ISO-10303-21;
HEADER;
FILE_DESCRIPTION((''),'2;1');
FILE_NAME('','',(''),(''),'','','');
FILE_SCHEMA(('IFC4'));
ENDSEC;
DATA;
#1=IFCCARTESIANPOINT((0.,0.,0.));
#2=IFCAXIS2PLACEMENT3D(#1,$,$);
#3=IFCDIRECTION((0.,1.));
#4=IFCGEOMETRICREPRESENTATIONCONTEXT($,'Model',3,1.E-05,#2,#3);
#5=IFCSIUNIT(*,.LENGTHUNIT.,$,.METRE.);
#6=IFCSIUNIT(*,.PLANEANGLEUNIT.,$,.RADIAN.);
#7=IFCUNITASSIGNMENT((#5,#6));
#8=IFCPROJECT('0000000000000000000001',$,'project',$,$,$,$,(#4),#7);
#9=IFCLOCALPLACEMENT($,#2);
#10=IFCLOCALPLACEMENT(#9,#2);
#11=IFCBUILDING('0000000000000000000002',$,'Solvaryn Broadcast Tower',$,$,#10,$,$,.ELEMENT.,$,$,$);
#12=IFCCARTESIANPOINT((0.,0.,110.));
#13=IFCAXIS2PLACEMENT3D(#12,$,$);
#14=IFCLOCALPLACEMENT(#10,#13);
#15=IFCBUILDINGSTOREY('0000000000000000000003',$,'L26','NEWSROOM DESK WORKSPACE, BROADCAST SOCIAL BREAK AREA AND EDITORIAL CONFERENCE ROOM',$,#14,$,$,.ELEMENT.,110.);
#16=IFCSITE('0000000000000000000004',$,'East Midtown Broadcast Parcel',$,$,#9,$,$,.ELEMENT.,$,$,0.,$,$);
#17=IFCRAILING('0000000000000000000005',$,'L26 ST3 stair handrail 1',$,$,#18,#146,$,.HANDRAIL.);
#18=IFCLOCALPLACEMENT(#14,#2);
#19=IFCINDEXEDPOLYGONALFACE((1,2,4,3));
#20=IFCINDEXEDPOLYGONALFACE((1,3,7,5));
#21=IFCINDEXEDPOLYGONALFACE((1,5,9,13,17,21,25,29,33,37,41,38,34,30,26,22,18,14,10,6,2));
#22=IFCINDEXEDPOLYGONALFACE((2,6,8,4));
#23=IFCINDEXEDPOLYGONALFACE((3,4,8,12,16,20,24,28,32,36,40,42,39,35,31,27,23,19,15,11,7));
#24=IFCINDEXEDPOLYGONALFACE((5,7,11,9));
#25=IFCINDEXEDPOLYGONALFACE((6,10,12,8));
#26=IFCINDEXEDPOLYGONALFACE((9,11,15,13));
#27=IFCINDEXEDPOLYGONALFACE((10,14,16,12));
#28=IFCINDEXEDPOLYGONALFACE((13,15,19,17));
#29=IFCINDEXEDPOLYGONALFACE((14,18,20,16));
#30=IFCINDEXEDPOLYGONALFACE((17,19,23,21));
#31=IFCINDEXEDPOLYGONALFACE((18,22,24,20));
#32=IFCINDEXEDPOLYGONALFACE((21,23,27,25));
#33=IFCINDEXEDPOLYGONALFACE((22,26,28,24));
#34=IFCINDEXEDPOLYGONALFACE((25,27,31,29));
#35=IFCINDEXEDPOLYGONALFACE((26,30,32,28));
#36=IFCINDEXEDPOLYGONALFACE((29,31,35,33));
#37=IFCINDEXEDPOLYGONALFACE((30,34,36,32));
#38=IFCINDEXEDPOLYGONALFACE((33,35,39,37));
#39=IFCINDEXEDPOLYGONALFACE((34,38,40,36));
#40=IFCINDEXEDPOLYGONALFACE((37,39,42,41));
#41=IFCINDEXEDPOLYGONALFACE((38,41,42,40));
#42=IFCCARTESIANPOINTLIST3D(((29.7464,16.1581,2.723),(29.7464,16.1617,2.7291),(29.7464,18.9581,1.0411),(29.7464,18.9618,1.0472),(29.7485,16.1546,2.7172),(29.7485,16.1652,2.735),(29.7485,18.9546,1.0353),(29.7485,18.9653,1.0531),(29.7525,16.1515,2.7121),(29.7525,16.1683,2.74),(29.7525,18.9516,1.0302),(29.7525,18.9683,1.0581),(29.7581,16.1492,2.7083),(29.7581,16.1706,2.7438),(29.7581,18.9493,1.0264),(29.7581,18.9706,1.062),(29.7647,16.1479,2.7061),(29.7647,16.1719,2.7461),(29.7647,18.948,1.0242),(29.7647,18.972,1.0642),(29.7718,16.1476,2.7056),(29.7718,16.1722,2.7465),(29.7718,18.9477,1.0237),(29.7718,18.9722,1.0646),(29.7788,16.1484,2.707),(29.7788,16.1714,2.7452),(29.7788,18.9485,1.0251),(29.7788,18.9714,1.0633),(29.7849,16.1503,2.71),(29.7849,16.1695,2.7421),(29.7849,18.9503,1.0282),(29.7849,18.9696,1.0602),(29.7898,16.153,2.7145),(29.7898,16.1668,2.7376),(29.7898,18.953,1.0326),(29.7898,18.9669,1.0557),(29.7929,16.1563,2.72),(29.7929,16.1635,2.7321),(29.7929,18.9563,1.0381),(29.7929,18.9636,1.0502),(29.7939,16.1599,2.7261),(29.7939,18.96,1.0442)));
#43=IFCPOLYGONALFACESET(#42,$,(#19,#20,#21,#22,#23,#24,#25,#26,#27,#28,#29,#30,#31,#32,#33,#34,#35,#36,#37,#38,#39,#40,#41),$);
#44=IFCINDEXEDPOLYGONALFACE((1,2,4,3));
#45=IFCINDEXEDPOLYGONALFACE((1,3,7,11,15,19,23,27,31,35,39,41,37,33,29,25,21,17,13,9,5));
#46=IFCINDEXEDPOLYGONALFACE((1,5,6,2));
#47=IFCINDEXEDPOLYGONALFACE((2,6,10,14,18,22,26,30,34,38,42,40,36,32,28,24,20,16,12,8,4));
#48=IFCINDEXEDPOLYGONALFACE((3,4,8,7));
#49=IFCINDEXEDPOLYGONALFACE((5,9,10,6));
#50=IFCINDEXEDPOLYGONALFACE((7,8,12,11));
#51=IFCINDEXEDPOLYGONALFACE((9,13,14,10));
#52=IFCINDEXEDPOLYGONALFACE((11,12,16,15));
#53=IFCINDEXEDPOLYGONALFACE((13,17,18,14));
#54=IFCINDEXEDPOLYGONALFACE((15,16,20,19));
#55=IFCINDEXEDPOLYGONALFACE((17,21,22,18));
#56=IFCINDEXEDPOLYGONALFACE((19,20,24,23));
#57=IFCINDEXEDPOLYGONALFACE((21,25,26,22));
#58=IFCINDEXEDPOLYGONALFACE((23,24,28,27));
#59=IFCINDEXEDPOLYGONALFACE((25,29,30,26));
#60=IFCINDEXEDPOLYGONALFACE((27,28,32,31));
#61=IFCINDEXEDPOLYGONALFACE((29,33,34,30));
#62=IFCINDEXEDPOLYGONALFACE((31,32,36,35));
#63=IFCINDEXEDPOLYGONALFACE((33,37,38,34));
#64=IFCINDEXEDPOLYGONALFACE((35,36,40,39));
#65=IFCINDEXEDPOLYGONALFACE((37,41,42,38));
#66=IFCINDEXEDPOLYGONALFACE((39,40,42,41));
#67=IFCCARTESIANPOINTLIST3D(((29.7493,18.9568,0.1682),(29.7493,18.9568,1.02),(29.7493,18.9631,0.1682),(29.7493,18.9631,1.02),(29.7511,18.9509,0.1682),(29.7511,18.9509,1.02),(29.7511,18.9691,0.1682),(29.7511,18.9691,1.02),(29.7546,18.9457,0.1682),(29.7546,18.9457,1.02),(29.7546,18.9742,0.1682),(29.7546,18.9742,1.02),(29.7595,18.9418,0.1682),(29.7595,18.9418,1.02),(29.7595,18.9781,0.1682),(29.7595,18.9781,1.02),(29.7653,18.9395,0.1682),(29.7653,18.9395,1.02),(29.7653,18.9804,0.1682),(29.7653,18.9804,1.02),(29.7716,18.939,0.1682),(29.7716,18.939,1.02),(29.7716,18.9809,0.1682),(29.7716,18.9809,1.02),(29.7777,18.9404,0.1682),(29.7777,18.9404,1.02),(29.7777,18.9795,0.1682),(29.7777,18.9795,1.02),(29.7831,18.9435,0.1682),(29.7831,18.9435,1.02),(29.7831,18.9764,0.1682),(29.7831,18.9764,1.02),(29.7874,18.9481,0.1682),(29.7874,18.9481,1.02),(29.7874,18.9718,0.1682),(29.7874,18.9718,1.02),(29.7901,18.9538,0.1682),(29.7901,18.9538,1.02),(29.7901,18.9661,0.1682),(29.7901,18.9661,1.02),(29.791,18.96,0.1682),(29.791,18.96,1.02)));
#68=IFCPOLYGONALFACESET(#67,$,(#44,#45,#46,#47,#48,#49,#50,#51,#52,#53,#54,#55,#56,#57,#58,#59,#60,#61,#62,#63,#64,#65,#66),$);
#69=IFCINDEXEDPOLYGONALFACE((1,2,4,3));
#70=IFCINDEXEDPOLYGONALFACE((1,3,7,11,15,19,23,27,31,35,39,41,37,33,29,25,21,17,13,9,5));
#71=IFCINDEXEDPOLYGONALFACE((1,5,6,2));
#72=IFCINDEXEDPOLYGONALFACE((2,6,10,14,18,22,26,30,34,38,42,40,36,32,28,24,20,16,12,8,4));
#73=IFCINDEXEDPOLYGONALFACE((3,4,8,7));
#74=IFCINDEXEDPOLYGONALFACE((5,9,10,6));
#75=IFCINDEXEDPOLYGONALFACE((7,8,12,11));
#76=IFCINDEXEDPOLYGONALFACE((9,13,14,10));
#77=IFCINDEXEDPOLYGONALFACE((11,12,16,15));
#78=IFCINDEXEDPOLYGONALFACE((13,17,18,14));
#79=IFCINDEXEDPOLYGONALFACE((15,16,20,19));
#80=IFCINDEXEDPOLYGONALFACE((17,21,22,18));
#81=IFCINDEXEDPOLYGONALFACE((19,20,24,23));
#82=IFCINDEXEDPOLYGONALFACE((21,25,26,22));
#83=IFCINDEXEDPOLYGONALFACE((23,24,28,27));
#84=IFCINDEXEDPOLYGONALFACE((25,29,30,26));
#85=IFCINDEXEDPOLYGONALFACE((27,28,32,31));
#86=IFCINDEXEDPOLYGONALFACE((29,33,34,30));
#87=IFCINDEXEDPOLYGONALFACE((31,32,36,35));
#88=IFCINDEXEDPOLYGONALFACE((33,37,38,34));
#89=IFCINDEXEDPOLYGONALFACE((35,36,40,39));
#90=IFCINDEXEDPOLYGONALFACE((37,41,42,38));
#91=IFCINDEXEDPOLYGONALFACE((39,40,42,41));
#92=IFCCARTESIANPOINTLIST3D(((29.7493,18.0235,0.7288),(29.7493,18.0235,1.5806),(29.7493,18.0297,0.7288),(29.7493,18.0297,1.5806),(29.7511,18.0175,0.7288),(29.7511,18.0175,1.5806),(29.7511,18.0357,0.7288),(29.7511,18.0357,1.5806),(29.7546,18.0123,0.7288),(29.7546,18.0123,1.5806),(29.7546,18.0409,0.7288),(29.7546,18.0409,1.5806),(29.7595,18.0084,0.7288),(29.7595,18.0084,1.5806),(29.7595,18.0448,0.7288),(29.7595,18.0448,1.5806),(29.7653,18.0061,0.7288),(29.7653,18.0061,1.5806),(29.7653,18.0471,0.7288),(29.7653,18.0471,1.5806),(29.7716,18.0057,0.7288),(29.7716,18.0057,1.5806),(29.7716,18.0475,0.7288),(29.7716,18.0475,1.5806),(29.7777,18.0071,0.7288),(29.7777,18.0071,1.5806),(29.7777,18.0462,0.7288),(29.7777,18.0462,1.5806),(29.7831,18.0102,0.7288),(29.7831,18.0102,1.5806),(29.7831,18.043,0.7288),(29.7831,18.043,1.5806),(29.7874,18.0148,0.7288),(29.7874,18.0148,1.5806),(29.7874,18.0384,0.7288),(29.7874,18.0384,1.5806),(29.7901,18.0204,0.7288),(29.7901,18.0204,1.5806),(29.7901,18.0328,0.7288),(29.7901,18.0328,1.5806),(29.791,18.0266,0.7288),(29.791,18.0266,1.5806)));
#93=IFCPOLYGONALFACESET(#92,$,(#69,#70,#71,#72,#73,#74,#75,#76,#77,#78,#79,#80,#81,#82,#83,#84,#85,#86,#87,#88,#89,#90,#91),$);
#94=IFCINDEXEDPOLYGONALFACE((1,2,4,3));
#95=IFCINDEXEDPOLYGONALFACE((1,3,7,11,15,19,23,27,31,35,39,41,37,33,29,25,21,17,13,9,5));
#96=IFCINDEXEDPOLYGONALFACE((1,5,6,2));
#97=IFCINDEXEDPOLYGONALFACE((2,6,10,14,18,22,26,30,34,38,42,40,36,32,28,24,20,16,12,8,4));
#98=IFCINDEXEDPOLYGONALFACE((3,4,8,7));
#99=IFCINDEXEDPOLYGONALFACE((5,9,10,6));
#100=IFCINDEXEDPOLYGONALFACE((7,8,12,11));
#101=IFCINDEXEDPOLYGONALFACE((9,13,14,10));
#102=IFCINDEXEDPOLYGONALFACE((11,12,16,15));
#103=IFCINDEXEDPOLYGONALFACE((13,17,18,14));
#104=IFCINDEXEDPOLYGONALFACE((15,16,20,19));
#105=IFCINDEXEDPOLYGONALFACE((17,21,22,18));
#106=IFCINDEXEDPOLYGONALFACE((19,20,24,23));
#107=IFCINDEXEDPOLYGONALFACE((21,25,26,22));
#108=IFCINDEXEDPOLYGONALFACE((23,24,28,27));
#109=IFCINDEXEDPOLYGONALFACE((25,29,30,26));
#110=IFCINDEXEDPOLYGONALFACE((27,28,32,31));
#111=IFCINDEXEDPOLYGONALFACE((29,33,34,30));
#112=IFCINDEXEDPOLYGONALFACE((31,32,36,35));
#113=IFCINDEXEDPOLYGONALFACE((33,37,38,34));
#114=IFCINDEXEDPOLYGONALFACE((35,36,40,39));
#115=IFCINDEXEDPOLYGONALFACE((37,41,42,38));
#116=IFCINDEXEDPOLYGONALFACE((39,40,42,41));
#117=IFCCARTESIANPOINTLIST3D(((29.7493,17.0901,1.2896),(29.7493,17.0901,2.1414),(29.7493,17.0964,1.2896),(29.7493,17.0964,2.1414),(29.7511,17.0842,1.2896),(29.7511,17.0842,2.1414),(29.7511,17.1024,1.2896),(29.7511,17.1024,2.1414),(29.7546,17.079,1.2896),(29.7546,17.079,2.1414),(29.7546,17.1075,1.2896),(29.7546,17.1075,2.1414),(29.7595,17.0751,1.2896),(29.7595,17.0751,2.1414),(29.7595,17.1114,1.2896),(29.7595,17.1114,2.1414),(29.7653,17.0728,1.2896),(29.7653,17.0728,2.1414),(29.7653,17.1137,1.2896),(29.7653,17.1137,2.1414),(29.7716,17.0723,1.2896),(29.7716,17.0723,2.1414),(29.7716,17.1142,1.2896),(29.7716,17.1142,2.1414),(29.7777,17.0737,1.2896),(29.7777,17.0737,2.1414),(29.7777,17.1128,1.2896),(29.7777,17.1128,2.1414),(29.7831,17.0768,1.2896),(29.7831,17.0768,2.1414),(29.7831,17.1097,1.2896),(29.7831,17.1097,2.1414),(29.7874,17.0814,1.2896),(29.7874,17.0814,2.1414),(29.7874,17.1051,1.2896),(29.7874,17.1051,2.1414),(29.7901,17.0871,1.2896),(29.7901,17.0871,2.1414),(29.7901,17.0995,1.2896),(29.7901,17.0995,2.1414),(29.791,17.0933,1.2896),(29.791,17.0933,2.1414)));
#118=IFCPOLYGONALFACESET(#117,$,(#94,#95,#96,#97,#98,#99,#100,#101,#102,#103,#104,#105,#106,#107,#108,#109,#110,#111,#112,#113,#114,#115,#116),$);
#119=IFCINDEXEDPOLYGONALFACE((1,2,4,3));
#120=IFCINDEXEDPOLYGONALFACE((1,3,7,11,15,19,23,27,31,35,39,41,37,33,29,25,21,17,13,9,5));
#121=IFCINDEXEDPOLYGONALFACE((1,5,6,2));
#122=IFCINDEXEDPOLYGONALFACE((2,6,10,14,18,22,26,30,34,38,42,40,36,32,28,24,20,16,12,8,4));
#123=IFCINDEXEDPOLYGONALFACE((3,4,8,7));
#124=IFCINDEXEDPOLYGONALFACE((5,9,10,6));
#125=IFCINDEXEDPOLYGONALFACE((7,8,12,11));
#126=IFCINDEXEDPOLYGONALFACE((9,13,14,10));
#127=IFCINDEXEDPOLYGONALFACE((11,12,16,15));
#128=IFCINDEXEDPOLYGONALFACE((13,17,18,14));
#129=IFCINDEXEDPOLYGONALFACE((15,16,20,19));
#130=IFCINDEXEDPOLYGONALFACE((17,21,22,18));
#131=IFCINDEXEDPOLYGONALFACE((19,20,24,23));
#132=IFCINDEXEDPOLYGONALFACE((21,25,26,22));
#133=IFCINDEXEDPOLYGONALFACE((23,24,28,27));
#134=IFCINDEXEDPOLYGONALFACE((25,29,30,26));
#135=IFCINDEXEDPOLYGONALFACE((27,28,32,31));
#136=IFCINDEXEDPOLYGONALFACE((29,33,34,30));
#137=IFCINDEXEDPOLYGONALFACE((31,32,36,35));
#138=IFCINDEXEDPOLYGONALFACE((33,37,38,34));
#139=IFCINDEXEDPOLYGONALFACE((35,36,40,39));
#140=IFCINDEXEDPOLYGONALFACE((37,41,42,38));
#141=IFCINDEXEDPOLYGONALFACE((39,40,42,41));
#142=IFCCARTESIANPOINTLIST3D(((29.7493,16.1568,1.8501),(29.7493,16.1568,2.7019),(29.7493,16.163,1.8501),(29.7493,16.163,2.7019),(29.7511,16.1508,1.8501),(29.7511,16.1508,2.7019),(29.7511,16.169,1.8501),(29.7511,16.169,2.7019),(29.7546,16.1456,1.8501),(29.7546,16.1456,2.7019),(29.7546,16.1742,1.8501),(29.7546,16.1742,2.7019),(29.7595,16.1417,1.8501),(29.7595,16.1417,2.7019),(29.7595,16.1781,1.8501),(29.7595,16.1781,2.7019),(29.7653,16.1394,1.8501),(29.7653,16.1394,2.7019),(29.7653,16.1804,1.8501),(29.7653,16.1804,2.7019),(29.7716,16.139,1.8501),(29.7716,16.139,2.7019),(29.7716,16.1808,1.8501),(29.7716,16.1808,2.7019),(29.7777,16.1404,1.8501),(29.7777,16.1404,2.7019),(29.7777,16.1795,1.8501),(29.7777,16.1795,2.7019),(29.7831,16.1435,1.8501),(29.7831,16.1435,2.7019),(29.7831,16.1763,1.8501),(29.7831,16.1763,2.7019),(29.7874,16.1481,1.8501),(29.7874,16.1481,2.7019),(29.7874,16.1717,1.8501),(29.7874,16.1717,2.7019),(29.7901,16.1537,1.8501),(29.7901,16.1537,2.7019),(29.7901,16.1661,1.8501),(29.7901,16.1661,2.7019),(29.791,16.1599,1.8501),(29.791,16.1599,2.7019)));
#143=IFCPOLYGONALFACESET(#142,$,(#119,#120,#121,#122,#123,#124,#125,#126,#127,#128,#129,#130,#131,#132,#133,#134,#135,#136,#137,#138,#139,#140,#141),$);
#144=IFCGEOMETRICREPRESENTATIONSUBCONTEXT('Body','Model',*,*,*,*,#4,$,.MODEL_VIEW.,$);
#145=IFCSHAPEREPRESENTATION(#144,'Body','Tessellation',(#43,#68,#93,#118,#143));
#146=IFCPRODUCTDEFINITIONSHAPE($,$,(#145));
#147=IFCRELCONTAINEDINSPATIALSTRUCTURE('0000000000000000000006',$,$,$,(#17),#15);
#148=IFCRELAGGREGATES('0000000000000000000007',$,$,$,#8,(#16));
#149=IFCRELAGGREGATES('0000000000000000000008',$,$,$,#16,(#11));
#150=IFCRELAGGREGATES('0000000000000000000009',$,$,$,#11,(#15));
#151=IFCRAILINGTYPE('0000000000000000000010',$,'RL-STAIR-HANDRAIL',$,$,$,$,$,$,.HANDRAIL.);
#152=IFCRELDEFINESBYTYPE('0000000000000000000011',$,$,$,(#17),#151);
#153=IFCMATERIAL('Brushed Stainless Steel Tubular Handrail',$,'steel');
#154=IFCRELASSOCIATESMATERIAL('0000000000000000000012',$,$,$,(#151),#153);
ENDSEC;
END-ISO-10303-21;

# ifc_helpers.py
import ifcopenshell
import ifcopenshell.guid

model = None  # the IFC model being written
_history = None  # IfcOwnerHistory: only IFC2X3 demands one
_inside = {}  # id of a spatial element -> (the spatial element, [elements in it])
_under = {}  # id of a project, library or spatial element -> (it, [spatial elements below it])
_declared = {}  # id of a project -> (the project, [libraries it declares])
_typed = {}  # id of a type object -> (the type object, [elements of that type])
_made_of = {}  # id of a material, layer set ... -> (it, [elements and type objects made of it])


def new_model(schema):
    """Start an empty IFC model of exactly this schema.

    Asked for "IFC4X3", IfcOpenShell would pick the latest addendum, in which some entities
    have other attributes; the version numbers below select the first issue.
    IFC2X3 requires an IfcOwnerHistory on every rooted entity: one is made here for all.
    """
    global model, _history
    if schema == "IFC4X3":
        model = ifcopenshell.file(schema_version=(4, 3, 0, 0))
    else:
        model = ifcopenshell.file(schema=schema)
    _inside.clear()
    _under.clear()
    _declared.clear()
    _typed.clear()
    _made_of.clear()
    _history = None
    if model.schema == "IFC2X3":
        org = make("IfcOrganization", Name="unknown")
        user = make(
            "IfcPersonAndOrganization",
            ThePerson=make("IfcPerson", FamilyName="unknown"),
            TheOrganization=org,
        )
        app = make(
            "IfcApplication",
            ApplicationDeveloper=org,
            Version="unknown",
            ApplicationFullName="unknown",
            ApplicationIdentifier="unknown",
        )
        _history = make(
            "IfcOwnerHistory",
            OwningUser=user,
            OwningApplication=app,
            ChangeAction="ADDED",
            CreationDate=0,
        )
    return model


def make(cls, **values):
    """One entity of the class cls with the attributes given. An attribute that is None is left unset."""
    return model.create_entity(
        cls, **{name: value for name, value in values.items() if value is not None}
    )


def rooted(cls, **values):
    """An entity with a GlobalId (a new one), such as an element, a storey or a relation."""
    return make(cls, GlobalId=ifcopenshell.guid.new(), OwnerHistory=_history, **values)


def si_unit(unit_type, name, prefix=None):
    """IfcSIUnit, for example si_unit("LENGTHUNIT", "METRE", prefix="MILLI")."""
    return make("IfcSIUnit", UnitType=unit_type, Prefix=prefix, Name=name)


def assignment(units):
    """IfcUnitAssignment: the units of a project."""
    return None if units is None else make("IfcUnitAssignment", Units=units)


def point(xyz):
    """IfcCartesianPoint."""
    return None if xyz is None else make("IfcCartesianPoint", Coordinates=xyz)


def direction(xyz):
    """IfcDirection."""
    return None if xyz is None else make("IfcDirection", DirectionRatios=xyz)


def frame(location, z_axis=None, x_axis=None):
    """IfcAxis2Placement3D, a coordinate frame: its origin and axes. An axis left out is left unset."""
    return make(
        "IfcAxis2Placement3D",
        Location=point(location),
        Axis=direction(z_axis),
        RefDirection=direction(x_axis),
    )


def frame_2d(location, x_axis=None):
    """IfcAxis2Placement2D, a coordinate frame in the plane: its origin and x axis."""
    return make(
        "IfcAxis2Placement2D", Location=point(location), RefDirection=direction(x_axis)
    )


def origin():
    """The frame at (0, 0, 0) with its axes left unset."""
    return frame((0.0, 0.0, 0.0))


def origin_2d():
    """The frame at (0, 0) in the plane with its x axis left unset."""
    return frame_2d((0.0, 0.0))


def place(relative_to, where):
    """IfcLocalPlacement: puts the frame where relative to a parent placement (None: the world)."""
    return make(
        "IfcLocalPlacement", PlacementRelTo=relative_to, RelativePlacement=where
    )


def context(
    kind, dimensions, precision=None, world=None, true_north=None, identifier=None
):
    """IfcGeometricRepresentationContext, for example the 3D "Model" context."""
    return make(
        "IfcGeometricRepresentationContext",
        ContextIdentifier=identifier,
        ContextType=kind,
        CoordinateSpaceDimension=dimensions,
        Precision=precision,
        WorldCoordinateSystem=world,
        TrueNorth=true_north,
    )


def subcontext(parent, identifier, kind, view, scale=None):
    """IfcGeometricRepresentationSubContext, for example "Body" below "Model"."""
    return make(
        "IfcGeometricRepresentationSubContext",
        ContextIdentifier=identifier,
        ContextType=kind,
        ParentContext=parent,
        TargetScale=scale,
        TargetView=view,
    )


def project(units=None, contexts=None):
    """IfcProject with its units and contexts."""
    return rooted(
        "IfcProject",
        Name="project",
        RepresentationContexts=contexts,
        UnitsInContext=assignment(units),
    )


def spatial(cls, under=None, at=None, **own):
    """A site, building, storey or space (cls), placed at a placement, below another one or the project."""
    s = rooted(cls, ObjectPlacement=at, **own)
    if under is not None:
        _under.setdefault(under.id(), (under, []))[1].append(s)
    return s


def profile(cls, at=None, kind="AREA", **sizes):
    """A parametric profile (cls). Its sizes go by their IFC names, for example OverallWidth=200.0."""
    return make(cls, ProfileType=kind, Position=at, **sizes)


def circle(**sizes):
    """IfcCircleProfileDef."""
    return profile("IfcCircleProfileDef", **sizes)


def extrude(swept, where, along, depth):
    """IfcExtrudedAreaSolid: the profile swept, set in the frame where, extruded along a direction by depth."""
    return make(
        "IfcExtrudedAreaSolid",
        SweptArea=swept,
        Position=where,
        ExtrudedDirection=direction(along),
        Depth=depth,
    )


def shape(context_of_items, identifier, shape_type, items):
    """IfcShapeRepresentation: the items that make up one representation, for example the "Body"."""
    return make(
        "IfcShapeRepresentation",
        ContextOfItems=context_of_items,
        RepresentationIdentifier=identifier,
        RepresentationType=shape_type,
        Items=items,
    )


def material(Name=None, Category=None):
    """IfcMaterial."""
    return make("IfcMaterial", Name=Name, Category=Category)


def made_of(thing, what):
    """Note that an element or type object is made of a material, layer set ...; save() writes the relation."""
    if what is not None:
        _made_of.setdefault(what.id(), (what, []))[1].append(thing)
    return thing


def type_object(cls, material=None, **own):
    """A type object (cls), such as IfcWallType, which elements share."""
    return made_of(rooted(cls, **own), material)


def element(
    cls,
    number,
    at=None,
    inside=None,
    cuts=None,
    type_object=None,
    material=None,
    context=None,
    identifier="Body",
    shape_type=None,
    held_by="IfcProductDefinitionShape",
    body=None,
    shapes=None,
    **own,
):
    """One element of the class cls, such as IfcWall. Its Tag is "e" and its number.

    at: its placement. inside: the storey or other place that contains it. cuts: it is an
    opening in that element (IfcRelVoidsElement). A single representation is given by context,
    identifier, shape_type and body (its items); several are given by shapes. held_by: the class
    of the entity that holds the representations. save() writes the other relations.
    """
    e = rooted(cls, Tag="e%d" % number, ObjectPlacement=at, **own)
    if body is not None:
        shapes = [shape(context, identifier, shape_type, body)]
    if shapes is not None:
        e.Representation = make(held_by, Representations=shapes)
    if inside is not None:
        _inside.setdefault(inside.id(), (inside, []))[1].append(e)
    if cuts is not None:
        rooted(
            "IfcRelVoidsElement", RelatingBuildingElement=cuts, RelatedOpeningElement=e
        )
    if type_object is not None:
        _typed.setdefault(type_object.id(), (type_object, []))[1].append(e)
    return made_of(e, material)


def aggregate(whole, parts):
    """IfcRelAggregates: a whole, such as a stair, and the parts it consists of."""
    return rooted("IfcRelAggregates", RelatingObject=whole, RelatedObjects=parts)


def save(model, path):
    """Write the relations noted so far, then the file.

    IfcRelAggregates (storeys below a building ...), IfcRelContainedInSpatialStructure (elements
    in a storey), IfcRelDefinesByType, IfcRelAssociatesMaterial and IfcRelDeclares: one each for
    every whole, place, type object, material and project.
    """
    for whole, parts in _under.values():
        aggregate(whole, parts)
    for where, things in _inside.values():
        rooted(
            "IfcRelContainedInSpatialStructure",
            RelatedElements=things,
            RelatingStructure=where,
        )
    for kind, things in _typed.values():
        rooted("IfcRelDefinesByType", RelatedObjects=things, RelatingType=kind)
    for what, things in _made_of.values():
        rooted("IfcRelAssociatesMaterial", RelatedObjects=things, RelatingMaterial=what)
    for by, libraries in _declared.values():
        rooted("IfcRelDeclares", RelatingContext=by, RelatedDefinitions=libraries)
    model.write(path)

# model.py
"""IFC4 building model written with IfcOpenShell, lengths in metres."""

from ifc_helpers import new_model, si_unit, direction, frame, origin, origin_2d, place, context, subcontext, project, spatial, circle, extrude, material, type_object, element, save


model = new_model("IFC4")

# Units and contexts
model_context = context("Model", 3, precision=1e-05, world=origin(), true_north=direction((0.0, 1.0)))
body_context = subcontext(model_context, "Body", "Model", "MODEL_VIEW")
ifc_project = project(units=[si_unit("LENGTHUNIT", "METRE"), si_unit("PLANEANGLEUNIT", "RADIAN")], contexts=[model_context])

# Site, building, storey
site_placement = place(None, origin())
site = spatial("IfcSite", under=ifc_project, at=site_placement, Name="East Midtown Broadcast Parcel", CompositionType="ELEMENT", RefElevation=0.0)
building_placement = place(site_placement, origin())
building = spatial("IfcBuilding", under=site, at=building_placement, Name="Solvaryn Broadcast Tower", CompositionType="ELEMENT")
storey_placement = place(building_placement, frame((0.0, 0.0, 110.0)))
storey = spatial("IfcBuildingStorey", under=building, at=storey_placement, Name="L26", Description="NEWSROOM DESK WORKSPACE, BROADCAST SOCIAL BREAK AREA AND EDITORIAL CONFERENCE ROOM", CompositionType="ELEMENT", Elevation=110.0)

# Railing
ifc_material_1 = material(Name="Brushed Stainless Steel Tubular Handrail", Category="steel")
railing_type_1 = type_object("IfcRailingType", Name="RL-STAIR-HANDRAIL", PredefinedType="HANDRAIL", material=ifc_material_1)
railing_1_placement = place(storey_placement, frame((29.77, 18.96, 0.1682)))
element("IfcRailing", 1, at=railing_1_placement, inside=storey, type_object=railing_type_1, Name="L26 ST3 stair handrail 1", PredefinedType="HANDRAIL", context=body_context, shape_type="SweptSolid", body=[
    extrude(circle(Radius=0.0239, at=origin_2d()), frame((0.0, 0.0, 0.876), z_axis=(0.0, -0.857242, 0.514913), x_axis=(1.0, 0.0, 0.0)), (0.0, 0.0, 1.0), 3.2664),
    extrude(circle(Radius=0.021, at=origin_2d()), origin(), (0.0, 0.0, 1.0), 0.8518),
    extrude(circle(Radius=0.021, at=origin_2d()), frame((0.0, -0.9333, 0.5605)), (0.0, 0.0, 1.0), 0.8518),
    extrude(circle(Radius=0.021, at=origin_2d()), frame((0.0, -1.8667, 1.1213)), (0.0, 0.0, 1.0), 0.8518),
    extrude(circle(Radius=0.021, at=origin_2d()), frame((0.0, -2.8, 1.6819)), (0.0, 0.0, 1.0), 0.8518),
])

save(model, "model.ifc")
